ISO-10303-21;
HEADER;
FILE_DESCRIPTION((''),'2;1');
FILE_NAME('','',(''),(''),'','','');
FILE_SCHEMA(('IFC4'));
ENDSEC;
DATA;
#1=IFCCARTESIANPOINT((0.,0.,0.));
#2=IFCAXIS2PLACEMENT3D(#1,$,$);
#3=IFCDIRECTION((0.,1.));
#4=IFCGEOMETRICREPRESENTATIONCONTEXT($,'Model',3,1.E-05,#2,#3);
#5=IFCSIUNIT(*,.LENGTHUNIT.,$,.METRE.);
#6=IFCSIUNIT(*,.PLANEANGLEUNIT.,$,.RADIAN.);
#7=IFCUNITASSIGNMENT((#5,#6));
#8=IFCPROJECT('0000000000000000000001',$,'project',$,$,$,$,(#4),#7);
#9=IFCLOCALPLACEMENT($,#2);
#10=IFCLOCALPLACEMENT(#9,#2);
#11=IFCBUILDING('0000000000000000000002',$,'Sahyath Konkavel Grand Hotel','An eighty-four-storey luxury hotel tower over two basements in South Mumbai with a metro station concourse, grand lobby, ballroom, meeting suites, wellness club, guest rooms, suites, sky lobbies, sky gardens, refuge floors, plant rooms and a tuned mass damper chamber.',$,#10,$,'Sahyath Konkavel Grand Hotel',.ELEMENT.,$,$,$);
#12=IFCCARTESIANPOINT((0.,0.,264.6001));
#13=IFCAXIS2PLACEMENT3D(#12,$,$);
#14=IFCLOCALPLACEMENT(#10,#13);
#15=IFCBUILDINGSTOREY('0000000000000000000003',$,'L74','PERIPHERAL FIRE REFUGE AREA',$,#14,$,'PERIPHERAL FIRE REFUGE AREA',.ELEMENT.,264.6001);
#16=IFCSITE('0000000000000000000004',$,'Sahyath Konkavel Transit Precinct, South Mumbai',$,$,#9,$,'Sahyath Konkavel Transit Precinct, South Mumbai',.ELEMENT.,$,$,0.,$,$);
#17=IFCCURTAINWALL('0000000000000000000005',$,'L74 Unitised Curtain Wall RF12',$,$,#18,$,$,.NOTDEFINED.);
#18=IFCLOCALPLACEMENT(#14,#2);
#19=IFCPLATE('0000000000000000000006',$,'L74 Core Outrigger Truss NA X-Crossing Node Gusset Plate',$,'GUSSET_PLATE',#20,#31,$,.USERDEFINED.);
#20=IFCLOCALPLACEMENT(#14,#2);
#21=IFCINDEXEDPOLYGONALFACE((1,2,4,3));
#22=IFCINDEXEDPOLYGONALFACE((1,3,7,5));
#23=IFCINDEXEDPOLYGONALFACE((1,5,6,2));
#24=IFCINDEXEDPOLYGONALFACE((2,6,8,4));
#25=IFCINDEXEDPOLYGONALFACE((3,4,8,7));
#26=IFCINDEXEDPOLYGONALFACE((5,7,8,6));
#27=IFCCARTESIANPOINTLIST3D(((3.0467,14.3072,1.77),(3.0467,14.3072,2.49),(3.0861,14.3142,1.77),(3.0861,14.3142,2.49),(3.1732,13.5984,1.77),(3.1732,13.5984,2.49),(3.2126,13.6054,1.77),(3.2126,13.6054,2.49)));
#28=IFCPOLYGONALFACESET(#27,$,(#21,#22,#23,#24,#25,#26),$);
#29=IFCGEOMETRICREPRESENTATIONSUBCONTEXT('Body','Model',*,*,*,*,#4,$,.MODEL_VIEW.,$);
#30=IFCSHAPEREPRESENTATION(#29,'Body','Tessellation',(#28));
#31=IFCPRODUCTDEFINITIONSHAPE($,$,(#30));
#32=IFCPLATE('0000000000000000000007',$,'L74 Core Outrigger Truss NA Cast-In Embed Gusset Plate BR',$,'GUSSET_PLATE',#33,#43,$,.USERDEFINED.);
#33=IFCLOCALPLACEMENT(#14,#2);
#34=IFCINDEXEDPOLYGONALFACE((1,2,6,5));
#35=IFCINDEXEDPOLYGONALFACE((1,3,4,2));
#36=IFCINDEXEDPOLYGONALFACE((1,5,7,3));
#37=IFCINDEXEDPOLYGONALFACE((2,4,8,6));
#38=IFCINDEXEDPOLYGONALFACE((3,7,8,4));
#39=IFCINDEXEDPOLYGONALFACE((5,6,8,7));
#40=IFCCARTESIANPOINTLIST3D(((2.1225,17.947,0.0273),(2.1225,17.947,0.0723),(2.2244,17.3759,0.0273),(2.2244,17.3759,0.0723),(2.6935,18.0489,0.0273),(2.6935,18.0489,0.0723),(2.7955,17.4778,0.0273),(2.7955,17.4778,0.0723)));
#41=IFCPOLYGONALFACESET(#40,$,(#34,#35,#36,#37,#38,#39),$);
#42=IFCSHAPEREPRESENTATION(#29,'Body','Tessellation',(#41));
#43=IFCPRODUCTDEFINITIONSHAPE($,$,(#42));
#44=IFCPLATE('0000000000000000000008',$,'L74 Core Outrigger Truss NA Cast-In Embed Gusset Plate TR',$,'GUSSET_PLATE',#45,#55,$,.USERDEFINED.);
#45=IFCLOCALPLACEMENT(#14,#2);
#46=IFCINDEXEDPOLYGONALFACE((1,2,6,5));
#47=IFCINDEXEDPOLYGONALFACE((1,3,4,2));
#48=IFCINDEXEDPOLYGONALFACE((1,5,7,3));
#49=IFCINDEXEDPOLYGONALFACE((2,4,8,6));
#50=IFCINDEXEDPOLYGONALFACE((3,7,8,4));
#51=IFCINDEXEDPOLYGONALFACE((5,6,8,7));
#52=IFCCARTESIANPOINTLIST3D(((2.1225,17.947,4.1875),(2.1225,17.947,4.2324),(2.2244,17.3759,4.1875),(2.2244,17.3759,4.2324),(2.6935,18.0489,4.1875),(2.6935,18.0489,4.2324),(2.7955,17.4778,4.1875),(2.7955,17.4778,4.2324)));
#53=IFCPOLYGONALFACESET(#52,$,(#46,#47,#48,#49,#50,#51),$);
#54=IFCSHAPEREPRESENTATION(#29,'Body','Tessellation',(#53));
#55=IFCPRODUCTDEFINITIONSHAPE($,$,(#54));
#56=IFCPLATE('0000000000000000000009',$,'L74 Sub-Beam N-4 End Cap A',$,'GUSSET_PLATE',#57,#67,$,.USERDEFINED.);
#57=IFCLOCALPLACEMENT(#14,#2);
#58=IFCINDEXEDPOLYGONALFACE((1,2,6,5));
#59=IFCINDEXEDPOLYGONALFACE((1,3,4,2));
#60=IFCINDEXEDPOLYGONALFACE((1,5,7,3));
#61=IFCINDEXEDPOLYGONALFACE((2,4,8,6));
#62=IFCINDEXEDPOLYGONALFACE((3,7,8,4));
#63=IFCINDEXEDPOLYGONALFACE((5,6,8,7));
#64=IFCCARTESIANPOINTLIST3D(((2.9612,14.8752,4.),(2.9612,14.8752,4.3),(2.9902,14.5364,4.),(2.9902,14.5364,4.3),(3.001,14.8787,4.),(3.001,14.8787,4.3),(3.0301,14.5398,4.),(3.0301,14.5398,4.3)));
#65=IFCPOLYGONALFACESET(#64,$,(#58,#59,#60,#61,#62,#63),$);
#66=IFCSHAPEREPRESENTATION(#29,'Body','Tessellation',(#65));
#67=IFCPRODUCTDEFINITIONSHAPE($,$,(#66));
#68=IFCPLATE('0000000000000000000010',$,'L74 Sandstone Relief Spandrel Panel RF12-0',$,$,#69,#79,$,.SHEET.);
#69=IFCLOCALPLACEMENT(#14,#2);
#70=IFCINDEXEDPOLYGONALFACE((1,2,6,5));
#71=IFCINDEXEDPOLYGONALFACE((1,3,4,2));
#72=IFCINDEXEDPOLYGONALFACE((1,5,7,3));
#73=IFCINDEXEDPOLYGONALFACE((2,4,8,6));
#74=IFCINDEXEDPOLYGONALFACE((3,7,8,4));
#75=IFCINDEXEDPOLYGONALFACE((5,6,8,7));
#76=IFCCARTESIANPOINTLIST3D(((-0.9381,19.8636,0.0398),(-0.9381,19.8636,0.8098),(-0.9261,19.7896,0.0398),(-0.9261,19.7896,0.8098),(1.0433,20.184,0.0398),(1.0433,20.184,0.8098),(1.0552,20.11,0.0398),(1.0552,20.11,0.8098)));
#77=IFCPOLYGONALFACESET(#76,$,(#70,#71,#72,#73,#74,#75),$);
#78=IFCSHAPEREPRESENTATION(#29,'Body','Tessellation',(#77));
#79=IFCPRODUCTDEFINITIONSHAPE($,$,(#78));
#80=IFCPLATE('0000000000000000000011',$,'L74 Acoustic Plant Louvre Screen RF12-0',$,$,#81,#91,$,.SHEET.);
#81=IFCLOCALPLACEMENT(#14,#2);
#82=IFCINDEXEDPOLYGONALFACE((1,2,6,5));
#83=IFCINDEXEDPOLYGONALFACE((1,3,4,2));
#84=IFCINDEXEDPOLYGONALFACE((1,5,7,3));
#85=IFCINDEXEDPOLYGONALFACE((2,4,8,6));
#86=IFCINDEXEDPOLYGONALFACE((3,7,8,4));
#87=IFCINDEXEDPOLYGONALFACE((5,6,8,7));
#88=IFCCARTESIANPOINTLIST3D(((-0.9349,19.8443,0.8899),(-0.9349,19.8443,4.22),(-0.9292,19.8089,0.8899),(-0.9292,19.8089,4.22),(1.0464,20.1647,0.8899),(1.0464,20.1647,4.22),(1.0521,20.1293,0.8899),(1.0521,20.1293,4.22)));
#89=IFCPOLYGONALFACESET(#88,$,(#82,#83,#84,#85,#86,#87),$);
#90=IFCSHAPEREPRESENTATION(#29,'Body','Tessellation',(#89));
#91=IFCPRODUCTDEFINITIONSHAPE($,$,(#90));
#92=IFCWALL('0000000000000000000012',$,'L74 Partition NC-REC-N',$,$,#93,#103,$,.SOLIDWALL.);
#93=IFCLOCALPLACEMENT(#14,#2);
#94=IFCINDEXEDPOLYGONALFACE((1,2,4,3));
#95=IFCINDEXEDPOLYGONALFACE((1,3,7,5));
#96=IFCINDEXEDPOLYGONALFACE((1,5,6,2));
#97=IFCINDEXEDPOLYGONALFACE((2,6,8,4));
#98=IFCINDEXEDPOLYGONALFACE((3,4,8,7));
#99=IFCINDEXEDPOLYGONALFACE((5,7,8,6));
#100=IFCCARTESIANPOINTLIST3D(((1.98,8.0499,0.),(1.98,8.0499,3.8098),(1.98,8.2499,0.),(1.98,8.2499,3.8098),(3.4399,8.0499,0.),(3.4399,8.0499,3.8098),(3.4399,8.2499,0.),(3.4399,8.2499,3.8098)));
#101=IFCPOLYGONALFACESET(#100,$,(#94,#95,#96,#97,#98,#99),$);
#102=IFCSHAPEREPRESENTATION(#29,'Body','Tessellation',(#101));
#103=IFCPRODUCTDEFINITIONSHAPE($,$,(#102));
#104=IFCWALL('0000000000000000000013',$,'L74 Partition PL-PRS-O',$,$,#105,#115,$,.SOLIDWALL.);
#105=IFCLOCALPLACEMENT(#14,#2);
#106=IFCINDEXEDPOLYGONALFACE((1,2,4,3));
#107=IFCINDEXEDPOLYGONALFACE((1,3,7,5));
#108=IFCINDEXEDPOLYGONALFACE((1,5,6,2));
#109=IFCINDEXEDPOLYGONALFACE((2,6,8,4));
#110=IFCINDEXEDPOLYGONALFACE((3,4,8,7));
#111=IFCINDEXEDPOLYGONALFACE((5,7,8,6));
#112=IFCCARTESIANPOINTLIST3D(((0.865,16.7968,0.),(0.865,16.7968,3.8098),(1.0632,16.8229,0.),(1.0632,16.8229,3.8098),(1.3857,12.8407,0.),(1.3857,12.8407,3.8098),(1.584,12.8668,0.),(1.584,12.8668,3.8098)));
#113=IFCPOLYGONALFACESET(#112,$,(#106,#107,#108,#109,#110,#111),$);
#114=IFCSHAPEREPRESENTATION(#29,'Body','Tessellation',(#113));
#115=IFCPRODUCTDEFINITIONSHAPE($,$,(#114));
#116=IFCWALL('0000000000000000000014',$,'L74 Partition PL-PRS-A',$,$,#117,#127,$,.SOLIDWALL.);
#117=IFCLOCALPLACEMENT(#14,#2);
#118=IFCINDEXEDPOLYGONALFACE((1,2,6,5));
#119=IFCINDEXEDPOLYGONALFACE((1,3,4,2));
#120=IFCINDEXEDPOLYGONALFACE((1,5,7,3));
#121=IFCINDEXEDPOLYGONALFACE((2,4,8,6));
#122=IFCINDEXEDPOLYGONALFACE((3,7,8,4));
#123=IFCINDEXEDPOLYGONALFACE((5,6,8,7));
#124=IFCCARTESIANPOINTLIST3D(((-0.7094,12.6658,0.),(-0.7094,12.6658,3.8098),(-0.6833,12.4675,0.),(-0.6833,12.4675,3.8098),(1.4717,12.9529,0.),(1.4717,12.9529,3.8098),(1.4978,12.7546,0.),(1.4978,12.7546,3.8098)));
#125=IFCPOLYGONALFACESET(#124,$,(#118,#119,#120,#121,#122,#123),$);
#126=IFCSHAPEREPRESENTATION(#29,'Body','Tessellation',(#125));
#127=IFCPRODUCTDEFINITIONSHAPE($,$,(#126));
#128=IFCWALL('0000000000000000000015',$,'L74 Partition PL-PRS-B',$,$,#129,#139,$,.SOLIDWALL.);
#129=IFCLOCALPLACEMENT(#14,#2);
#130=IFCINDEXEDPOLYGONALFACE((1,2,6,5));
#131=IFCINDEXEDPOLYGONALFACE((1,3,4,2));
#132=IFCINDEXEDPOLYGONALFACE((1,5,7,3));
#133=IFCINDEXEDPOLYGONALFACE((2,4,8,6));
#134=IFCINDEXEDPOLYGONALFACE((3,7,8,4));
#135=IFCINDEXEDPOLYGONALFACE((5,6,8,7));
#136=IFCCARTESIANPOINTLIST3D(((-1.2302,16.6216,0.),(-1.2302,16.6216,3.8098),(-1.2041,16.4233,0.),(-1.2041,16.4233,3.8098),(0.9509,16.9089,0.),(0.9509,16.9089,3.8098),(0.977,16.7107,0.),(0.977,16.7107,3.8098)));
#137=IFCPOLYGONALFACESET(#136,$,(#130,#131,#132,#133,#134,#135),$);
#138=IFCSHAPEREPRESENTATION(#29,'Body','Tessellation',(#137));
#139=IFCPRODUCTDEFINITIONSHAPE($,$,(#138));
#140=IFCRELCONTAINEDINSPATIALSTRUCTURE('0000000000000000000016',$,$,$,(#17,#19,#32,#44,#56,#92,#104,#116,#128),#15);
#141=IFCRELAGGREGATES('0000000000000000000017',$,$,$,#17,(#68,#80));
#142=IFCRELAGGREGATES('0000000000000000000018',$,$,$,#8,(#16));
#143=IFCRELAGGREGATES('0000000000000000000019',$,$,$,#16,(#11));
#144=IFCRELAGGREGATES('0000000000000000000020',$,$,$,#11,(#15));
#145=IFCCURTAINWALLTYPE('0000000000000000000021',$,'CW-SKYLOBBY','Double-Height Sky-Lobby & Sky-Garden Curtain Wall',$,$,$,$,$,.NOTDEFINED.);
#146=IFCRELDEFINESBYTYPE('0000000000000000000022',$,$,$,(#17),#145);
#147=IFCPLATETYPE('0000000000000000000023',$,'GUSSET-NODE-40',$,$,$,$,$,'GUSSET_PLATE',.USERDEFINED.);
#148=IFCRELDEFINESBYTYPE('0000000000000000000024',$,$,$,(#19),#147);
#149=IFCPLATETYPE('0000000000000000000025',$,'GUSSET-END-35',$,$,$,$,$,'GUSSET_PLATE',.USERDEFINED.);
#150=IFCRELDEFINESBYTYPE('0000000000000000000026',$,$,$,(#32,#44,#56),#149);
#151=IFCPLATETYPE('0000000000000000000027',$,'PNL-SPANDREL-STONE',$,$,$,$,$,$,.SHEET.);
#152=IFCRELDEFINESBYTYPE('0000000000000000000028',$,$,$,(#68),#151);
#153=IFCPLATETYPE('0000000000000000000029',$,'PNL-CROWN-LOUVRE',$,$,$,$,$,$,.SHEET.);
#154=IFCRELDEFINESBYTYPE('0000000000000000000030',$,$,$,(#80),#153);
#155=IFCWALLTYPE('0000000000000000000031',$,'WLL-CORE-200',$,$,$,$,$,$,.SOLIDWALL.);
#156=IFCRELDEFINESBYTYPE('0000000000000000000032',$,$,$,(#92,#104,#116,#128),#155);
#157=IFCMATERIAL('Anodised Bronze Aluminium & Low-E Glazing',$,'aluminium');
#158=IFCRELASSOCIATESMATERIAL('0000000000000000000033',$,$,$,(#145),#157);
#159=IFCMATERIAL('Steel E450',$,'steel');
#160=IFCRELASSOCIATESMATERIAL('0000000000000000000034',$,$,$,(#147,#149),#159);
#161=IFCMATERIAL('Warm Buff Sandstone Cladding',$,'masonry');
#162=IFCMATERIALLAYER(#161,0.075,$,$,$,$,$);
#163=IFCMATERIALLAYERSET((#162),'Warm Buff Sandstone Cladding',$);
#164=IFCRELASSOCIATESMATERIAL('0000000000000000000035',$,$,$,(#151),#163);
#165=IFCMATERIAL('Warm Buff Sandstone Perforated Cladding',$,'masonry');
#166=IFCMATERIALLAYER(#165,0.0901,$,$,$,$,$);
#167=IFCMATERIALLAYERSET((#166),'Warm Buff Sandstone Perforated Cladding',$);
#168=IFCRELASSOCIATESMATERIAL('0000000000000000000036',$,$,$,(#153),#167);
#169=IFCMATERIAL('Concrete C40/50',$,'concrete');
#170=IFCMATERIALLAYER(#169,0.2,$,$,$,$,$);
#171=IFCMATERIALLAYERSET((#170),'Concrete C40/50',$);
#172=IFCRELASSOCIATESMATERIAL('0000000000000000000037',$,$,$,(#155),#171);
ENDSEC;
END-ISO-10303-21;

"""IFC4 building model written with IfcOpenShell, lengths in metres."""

from ifc_helpers import new_model, si_unit, direction, frame, frame_2d, origin, origin_2d, place, context, subcontext, project, spatial, rectangle, extrude, source, transform, mapped, material, layer, layer_set, type_object, element, aggregate, save


model = new_model("IFC4")

# Units and contexts
model_context = context("Model", 3, precision=1e-05, world=origin(), true_north=direction((0.0, 1.0)))
body_context = subcontext(model_context, "Body", "Model", "MODEL_VIEW")
ifc_project = project(units=[si_unit("LENGTHUNIT", "METRE"), si_unit("PLANEANGLEUNIT", "RADIAN")], contexts=[model_context])

# Site, building, storey
site_placement = place(None, origin())
site = spatial("IfcSite", under=ifc_project, at=site_placement, Name="Sahyath Konkavel Transit Precinct, South Mumbai", LongName="Sahyath Konkavel Transit Precinct, South Mumbai", CompositionType="ELEMENT", RefElevation=0.0)
building_placement = place(site_placement, origin())
building = spatial("IfcBuilding", under=site, at=building_placement, Name="Sahyath Konkavel Grand Hotel", Description="An eighty-four-storey luxury hotel tower over two basements in South Mumbai with a metro station concourse, grand lobby, ballroom, meeting suites, wellness club, guest rooms, suites, sky lobbies, sky gardens, refuge floors, plant rooms and a tuned mass damper chamber.", LongName="Sahyath Konkavel Grand Hotel", CompositionType="ELEMENT")
storey_placement = place(building_placement, frame((0.0, 0.0, 264.6001)))
storey = spatial("IfcBuildingStorey", under=building, at=storey_placement, Name="L74", Description="PERIPHERAL FIRE REFUGE AREA", LongName="PERIPHERAL FIRE REFUGE AREA", CompositionType="ELEMENT", Elevation=264.6001)

# Shared definitions
ifc_material_1 = material(Name="Concrete C40/50", Category="concrete")

# Shared definitions
ifc_material_2 = material(Name="Steel E450", Category="steel")

# Curtain wall
ifc_material_3 = material(Name="Anodised Bronze Aluminium & Low-E Glazing", Category="aluminium")
curtain_wall_type = type_object("IfcCurtainWallType", Name="CW-SKYLOBBY", Description="Double-Height Sky-Lobby & Sky-Garden Curtain Wall", PredefinedType="NOTDEFINED", material=ifc_material_3)
curtain_wall_placement = place(storey_placement, origin())
curtain_wall = element("IfcCurtainWall", 1, at=curtain_wall_placement, inside=storey, type_object=curtain_wall_type, Name="L74 Unitised Curtain Wall RF12", PredefinedType="NOTDEFINED")

# Plates
plate_type_1 = type_object("IfcPlateType", Name="GUSSET-NODE-40", ElementType="GUSSET_PLATE", PredefinedType="USERDEFINED", material=ifc_material_2)
shared_shape_1 = source(origin(), body_context, "Body", "SweptSolid", [
    extrude(rectangle(XDim=0.72, YDim=0.04, at=origin_2d()), origin(), (0.0, 0.0, 1.0), 0.72),
])
plate_1_placement = place(storey_placement, frame((3.1296, 13.9563, 1.77), z_axis=(0.0, 0.0, 1.0), x_axis=(-0.17571, 0.984442, 0.0)))
element("IfcPlate", 2, at=plate_1_placement, inside=storey, type_object=plate_type_1, Name="L74 Core Outrigger Truss NA X-Crossing Node Gusset Plate", ObjectType="GUSSET_PLATE", PredefinedType="USERDEFINED", context=body_context, shape_type="MappedRepresentation", body=[
    mapped(shared_shape_1, transform((0.0, 0.0, 0.0), scale=1.0)),
])
plate_type_2 = type_object("IfcPlateType", Name="GUSSET-END-35", ElementType="GUSSET_PLATE", PredefinedType="USERDEFINED", material=ifc_material_2)
shared_shape_2 = source(origin(), body_context, "Body", "SweptSolid", [
    extrude(rectangle(XDim=0.5801, YDim=0.5801, at=origin_2d()), origin(), (0.0, 0.0, 1.0), 0.0449),
])
for number, where, z_axis, x_axis, name in (
    (3, (2.459, 17.7124, 0.0273), (0.0, 0.0, 1.0), (-0.17571, 0.984442, 0.0), "L74 Core Outrigger Truss NA Cast-In Embed Gusset Plate BR"),
    (4, (2.459, 17.7124, 4.1875), (0.0, 0.0, 1.0), (-0.17571, 0.984442, 0.0), "L74 Core Outrigger Truss NA Cast-In Embed Gusset Plate TR"),
):
    element("IfcPlate", number, at=place(storey_placement, frame(where, z_axis=z_axis, x_axis=x_axis)), inside=storey, type_object=plate_type_2, Name=name, ObjectType="GUSSET_PLATE", PredefinedType="USERDEFINED", context=body_context, shape_type="MappedRepresentation", body=[
        mapped(shared_shape_2, transform((0.0, 0.0, 0.0), scale=1.0)),
    ])
shared_shape_3 = source(origin(), body_context, "Body", "SweptSolid", [
    extrude(rectangle(XDim=0.04, YDim=0.3401, at=origin_2d()), origin(), (0.0, 0.0, 1.0), 0.3),
])
plate_2_placement = place(storey_placement, frame((2.9956, 14.7075, 4.0), z_axis=(0.0, 0.0, 1.0), x_axis=(-0.996356, -0.085295, 0.0)))
element("IfcPlate", 5, at=plate_2_placement, inside=storey, type_object=plate_type_2, Name="L74 Sub-Beam N-4 End Cap A", ObjectType="GUSSET_PLATE", PredefinedType="USERDEFINED", context=body_context, shape_type="MappedRepresentation", body=[
    mapped(shared_shape_3, transform((0.0, 0.0, 0.0), scale=1.0)),
])

# Plates
ifc_material_4 = material(Name="Warm Buff Sandstone Cladding", Category="masonry")
ifc_layer_1 = layer(ifc_material_4, 0.075)
ifc_layer_set_1 = layer_set([ifc_layer_1], Name="Warm Buff Sandstone Cladding")
plate_type_3 = type_object("IfcPlateType", Name="PNL-SPANDREL-STONE", PredefinedType="SHEET", material=ifc_layer_set_1)
shared_shape_4 = source(origin(), body_context, "Body", "SweptSolid", [
    extrude(rectangle(XDim=2.0071, YDim=0.075, at=origin_2d()), origin(), (0.0, 0.0, 1.0), 0.77),
])
plate_3_placement = place(storey_placement, frame((0.0586, 19.9868, 0.0398), z_axis=(0.0, 0.0, 1.0), x_axis=(-0.987178, -0.159623, 0.0)))
plate_3 = element("IfcPlate", 6, at=plate_3_placement, type_object=plate_type_3, Name="L74 Sandstone Relief Spandrel Panel RF12-0", PredefinedType="SHEET", context=body_context, shape_type="MappedRepresentation", body=[
    mapped(shared_shape_4, transform((0.0, 0.0, 0.0), scale=1.0)),
])
ifc_material_5 = material(Name="Warm Buff Sandstone Perforated Cladding", Category="masonry")
ifc_layer_2 = layer(ifc_material_5, 0.0901)
ifc_layer_set_2 = layer_set([ifc_layer_2], Name="Warm Buff Sandstone Perforated Cladding")
plate_type_4 = type_object("IfcPlateType", Name="PNL-CROWN-LOUVRE", PredefinedType="SHEET", material=ifc_layer_set_2)
shared_shape_5 = source(origin(), body_context, "Body", "SweptSolid", [
    extrude(rectangle(XDim=2.0071, YDim=0.0359, at=origin_2d()), origin(), (0.0, 0.0, 1.0), 3.3301),
])
plate_4_placement = place(storey_placement, frame((0.0586, 19.9868, 0.8899), z_axis=(0.0, 0.0, 1.0), x_axis=(-0.987178, -0.159623, 0.0)))
plate_4 = element("IfcPlate", 7, at=plate_4_placement, type_object=plate_type_4, Name="L74 Acoustic Plant Louvre Screen RF12-0", PredefinedType="SHEET", context=body_context, shape_type="MappedRepresentation", body=[
    mapped(shared_shape_5, transform((0.0, 0.0, 0.0), scale=1.0)),
])
aggregate(curtain_wall, [plate_3, plate_4])

# Walls
ifc_layer_3 = layer(ifc_material_1, 0.2)
ifc_layer_set_3 = layer_set([ifc_layer_3], Name="Concrete C40/50")
wall_type = type_object("IfcWallType", Name="WLL-CORE-200", PredefinedType="SOLIDWALL", material=ifc_layer_set_3)
wall_1_placement = place(storey_placement, frame((1.98, 8.1499, 0.0), z_axis=(0.0, 0.0, 1.0), x_axis=(1.0, 0.0, 0.0)))
element("IfcWall", 8, at=wall_1_placement, inside=storey, type_object=wall_type, Name="L74 Partition NC-REC-N", PredefinedType="SOLIDWALL", context=body_context, shape_type="SweptSolid", body=[
    extrude(rectangle(XDim=1.46, YDim=0.2, at=frame_2d((0.73, 0.0))), origin(), (0.0, 0.0, 1.0), 3.8098),
])
wall_2_placement = place(storey_placement, frame((1.4849, 12.8538, 0.0), z_axis=(0.0, 0.0, 1.0), x_axis=(-0.130508, 0.991447, 0.0)))
element("IfcWall", 9, at=wall_2_placement, inside=storey, type_object=wall_type, Name="L74 Partition PL-PRS-O", PredefinedType="SOLIDWALL", context=body_context, shape_type="SweptSolid", body=[
    extrude(rectangle(XDim=3.9902, YDim=0.2, at=frame_2d((1.9951, 0.0))), origin(), (0.0, 0.0, 1.0), 3.8098),
])
for number, where, z_axis, x_axis, name in (
    (10, (1.4849, 12.8538, 0.0), (0.0, 0.0, 1.0), (-0.991447, -0.130506, 0.0), "L74 Partition PL-PRS-A"),
    (11, (0.9641, 16.8098, 0.0), (0.0, 0.0, 1.0), (-0.991433, -0.130615, 0.0), "L74 Partition PL-PRS-B"),
):
    element("IfcWall", number, at=place(storey_placement, frame(where, z_axis=z_axis, x_axis=x_axis)), inside=storey, type_object=wall_type, Name=name, PredefinedType="SOLIDWALL", context=body_context, shape_type="SweptSolid", body=[
        extrude(rectangle(XDim=2.2, YDim=0.2, at=frame_2d((1.1001, 0.0))), origin(), (0.0, 0.0, 1.0), 3.8098),
    ])

save(model, "model.ifc")
